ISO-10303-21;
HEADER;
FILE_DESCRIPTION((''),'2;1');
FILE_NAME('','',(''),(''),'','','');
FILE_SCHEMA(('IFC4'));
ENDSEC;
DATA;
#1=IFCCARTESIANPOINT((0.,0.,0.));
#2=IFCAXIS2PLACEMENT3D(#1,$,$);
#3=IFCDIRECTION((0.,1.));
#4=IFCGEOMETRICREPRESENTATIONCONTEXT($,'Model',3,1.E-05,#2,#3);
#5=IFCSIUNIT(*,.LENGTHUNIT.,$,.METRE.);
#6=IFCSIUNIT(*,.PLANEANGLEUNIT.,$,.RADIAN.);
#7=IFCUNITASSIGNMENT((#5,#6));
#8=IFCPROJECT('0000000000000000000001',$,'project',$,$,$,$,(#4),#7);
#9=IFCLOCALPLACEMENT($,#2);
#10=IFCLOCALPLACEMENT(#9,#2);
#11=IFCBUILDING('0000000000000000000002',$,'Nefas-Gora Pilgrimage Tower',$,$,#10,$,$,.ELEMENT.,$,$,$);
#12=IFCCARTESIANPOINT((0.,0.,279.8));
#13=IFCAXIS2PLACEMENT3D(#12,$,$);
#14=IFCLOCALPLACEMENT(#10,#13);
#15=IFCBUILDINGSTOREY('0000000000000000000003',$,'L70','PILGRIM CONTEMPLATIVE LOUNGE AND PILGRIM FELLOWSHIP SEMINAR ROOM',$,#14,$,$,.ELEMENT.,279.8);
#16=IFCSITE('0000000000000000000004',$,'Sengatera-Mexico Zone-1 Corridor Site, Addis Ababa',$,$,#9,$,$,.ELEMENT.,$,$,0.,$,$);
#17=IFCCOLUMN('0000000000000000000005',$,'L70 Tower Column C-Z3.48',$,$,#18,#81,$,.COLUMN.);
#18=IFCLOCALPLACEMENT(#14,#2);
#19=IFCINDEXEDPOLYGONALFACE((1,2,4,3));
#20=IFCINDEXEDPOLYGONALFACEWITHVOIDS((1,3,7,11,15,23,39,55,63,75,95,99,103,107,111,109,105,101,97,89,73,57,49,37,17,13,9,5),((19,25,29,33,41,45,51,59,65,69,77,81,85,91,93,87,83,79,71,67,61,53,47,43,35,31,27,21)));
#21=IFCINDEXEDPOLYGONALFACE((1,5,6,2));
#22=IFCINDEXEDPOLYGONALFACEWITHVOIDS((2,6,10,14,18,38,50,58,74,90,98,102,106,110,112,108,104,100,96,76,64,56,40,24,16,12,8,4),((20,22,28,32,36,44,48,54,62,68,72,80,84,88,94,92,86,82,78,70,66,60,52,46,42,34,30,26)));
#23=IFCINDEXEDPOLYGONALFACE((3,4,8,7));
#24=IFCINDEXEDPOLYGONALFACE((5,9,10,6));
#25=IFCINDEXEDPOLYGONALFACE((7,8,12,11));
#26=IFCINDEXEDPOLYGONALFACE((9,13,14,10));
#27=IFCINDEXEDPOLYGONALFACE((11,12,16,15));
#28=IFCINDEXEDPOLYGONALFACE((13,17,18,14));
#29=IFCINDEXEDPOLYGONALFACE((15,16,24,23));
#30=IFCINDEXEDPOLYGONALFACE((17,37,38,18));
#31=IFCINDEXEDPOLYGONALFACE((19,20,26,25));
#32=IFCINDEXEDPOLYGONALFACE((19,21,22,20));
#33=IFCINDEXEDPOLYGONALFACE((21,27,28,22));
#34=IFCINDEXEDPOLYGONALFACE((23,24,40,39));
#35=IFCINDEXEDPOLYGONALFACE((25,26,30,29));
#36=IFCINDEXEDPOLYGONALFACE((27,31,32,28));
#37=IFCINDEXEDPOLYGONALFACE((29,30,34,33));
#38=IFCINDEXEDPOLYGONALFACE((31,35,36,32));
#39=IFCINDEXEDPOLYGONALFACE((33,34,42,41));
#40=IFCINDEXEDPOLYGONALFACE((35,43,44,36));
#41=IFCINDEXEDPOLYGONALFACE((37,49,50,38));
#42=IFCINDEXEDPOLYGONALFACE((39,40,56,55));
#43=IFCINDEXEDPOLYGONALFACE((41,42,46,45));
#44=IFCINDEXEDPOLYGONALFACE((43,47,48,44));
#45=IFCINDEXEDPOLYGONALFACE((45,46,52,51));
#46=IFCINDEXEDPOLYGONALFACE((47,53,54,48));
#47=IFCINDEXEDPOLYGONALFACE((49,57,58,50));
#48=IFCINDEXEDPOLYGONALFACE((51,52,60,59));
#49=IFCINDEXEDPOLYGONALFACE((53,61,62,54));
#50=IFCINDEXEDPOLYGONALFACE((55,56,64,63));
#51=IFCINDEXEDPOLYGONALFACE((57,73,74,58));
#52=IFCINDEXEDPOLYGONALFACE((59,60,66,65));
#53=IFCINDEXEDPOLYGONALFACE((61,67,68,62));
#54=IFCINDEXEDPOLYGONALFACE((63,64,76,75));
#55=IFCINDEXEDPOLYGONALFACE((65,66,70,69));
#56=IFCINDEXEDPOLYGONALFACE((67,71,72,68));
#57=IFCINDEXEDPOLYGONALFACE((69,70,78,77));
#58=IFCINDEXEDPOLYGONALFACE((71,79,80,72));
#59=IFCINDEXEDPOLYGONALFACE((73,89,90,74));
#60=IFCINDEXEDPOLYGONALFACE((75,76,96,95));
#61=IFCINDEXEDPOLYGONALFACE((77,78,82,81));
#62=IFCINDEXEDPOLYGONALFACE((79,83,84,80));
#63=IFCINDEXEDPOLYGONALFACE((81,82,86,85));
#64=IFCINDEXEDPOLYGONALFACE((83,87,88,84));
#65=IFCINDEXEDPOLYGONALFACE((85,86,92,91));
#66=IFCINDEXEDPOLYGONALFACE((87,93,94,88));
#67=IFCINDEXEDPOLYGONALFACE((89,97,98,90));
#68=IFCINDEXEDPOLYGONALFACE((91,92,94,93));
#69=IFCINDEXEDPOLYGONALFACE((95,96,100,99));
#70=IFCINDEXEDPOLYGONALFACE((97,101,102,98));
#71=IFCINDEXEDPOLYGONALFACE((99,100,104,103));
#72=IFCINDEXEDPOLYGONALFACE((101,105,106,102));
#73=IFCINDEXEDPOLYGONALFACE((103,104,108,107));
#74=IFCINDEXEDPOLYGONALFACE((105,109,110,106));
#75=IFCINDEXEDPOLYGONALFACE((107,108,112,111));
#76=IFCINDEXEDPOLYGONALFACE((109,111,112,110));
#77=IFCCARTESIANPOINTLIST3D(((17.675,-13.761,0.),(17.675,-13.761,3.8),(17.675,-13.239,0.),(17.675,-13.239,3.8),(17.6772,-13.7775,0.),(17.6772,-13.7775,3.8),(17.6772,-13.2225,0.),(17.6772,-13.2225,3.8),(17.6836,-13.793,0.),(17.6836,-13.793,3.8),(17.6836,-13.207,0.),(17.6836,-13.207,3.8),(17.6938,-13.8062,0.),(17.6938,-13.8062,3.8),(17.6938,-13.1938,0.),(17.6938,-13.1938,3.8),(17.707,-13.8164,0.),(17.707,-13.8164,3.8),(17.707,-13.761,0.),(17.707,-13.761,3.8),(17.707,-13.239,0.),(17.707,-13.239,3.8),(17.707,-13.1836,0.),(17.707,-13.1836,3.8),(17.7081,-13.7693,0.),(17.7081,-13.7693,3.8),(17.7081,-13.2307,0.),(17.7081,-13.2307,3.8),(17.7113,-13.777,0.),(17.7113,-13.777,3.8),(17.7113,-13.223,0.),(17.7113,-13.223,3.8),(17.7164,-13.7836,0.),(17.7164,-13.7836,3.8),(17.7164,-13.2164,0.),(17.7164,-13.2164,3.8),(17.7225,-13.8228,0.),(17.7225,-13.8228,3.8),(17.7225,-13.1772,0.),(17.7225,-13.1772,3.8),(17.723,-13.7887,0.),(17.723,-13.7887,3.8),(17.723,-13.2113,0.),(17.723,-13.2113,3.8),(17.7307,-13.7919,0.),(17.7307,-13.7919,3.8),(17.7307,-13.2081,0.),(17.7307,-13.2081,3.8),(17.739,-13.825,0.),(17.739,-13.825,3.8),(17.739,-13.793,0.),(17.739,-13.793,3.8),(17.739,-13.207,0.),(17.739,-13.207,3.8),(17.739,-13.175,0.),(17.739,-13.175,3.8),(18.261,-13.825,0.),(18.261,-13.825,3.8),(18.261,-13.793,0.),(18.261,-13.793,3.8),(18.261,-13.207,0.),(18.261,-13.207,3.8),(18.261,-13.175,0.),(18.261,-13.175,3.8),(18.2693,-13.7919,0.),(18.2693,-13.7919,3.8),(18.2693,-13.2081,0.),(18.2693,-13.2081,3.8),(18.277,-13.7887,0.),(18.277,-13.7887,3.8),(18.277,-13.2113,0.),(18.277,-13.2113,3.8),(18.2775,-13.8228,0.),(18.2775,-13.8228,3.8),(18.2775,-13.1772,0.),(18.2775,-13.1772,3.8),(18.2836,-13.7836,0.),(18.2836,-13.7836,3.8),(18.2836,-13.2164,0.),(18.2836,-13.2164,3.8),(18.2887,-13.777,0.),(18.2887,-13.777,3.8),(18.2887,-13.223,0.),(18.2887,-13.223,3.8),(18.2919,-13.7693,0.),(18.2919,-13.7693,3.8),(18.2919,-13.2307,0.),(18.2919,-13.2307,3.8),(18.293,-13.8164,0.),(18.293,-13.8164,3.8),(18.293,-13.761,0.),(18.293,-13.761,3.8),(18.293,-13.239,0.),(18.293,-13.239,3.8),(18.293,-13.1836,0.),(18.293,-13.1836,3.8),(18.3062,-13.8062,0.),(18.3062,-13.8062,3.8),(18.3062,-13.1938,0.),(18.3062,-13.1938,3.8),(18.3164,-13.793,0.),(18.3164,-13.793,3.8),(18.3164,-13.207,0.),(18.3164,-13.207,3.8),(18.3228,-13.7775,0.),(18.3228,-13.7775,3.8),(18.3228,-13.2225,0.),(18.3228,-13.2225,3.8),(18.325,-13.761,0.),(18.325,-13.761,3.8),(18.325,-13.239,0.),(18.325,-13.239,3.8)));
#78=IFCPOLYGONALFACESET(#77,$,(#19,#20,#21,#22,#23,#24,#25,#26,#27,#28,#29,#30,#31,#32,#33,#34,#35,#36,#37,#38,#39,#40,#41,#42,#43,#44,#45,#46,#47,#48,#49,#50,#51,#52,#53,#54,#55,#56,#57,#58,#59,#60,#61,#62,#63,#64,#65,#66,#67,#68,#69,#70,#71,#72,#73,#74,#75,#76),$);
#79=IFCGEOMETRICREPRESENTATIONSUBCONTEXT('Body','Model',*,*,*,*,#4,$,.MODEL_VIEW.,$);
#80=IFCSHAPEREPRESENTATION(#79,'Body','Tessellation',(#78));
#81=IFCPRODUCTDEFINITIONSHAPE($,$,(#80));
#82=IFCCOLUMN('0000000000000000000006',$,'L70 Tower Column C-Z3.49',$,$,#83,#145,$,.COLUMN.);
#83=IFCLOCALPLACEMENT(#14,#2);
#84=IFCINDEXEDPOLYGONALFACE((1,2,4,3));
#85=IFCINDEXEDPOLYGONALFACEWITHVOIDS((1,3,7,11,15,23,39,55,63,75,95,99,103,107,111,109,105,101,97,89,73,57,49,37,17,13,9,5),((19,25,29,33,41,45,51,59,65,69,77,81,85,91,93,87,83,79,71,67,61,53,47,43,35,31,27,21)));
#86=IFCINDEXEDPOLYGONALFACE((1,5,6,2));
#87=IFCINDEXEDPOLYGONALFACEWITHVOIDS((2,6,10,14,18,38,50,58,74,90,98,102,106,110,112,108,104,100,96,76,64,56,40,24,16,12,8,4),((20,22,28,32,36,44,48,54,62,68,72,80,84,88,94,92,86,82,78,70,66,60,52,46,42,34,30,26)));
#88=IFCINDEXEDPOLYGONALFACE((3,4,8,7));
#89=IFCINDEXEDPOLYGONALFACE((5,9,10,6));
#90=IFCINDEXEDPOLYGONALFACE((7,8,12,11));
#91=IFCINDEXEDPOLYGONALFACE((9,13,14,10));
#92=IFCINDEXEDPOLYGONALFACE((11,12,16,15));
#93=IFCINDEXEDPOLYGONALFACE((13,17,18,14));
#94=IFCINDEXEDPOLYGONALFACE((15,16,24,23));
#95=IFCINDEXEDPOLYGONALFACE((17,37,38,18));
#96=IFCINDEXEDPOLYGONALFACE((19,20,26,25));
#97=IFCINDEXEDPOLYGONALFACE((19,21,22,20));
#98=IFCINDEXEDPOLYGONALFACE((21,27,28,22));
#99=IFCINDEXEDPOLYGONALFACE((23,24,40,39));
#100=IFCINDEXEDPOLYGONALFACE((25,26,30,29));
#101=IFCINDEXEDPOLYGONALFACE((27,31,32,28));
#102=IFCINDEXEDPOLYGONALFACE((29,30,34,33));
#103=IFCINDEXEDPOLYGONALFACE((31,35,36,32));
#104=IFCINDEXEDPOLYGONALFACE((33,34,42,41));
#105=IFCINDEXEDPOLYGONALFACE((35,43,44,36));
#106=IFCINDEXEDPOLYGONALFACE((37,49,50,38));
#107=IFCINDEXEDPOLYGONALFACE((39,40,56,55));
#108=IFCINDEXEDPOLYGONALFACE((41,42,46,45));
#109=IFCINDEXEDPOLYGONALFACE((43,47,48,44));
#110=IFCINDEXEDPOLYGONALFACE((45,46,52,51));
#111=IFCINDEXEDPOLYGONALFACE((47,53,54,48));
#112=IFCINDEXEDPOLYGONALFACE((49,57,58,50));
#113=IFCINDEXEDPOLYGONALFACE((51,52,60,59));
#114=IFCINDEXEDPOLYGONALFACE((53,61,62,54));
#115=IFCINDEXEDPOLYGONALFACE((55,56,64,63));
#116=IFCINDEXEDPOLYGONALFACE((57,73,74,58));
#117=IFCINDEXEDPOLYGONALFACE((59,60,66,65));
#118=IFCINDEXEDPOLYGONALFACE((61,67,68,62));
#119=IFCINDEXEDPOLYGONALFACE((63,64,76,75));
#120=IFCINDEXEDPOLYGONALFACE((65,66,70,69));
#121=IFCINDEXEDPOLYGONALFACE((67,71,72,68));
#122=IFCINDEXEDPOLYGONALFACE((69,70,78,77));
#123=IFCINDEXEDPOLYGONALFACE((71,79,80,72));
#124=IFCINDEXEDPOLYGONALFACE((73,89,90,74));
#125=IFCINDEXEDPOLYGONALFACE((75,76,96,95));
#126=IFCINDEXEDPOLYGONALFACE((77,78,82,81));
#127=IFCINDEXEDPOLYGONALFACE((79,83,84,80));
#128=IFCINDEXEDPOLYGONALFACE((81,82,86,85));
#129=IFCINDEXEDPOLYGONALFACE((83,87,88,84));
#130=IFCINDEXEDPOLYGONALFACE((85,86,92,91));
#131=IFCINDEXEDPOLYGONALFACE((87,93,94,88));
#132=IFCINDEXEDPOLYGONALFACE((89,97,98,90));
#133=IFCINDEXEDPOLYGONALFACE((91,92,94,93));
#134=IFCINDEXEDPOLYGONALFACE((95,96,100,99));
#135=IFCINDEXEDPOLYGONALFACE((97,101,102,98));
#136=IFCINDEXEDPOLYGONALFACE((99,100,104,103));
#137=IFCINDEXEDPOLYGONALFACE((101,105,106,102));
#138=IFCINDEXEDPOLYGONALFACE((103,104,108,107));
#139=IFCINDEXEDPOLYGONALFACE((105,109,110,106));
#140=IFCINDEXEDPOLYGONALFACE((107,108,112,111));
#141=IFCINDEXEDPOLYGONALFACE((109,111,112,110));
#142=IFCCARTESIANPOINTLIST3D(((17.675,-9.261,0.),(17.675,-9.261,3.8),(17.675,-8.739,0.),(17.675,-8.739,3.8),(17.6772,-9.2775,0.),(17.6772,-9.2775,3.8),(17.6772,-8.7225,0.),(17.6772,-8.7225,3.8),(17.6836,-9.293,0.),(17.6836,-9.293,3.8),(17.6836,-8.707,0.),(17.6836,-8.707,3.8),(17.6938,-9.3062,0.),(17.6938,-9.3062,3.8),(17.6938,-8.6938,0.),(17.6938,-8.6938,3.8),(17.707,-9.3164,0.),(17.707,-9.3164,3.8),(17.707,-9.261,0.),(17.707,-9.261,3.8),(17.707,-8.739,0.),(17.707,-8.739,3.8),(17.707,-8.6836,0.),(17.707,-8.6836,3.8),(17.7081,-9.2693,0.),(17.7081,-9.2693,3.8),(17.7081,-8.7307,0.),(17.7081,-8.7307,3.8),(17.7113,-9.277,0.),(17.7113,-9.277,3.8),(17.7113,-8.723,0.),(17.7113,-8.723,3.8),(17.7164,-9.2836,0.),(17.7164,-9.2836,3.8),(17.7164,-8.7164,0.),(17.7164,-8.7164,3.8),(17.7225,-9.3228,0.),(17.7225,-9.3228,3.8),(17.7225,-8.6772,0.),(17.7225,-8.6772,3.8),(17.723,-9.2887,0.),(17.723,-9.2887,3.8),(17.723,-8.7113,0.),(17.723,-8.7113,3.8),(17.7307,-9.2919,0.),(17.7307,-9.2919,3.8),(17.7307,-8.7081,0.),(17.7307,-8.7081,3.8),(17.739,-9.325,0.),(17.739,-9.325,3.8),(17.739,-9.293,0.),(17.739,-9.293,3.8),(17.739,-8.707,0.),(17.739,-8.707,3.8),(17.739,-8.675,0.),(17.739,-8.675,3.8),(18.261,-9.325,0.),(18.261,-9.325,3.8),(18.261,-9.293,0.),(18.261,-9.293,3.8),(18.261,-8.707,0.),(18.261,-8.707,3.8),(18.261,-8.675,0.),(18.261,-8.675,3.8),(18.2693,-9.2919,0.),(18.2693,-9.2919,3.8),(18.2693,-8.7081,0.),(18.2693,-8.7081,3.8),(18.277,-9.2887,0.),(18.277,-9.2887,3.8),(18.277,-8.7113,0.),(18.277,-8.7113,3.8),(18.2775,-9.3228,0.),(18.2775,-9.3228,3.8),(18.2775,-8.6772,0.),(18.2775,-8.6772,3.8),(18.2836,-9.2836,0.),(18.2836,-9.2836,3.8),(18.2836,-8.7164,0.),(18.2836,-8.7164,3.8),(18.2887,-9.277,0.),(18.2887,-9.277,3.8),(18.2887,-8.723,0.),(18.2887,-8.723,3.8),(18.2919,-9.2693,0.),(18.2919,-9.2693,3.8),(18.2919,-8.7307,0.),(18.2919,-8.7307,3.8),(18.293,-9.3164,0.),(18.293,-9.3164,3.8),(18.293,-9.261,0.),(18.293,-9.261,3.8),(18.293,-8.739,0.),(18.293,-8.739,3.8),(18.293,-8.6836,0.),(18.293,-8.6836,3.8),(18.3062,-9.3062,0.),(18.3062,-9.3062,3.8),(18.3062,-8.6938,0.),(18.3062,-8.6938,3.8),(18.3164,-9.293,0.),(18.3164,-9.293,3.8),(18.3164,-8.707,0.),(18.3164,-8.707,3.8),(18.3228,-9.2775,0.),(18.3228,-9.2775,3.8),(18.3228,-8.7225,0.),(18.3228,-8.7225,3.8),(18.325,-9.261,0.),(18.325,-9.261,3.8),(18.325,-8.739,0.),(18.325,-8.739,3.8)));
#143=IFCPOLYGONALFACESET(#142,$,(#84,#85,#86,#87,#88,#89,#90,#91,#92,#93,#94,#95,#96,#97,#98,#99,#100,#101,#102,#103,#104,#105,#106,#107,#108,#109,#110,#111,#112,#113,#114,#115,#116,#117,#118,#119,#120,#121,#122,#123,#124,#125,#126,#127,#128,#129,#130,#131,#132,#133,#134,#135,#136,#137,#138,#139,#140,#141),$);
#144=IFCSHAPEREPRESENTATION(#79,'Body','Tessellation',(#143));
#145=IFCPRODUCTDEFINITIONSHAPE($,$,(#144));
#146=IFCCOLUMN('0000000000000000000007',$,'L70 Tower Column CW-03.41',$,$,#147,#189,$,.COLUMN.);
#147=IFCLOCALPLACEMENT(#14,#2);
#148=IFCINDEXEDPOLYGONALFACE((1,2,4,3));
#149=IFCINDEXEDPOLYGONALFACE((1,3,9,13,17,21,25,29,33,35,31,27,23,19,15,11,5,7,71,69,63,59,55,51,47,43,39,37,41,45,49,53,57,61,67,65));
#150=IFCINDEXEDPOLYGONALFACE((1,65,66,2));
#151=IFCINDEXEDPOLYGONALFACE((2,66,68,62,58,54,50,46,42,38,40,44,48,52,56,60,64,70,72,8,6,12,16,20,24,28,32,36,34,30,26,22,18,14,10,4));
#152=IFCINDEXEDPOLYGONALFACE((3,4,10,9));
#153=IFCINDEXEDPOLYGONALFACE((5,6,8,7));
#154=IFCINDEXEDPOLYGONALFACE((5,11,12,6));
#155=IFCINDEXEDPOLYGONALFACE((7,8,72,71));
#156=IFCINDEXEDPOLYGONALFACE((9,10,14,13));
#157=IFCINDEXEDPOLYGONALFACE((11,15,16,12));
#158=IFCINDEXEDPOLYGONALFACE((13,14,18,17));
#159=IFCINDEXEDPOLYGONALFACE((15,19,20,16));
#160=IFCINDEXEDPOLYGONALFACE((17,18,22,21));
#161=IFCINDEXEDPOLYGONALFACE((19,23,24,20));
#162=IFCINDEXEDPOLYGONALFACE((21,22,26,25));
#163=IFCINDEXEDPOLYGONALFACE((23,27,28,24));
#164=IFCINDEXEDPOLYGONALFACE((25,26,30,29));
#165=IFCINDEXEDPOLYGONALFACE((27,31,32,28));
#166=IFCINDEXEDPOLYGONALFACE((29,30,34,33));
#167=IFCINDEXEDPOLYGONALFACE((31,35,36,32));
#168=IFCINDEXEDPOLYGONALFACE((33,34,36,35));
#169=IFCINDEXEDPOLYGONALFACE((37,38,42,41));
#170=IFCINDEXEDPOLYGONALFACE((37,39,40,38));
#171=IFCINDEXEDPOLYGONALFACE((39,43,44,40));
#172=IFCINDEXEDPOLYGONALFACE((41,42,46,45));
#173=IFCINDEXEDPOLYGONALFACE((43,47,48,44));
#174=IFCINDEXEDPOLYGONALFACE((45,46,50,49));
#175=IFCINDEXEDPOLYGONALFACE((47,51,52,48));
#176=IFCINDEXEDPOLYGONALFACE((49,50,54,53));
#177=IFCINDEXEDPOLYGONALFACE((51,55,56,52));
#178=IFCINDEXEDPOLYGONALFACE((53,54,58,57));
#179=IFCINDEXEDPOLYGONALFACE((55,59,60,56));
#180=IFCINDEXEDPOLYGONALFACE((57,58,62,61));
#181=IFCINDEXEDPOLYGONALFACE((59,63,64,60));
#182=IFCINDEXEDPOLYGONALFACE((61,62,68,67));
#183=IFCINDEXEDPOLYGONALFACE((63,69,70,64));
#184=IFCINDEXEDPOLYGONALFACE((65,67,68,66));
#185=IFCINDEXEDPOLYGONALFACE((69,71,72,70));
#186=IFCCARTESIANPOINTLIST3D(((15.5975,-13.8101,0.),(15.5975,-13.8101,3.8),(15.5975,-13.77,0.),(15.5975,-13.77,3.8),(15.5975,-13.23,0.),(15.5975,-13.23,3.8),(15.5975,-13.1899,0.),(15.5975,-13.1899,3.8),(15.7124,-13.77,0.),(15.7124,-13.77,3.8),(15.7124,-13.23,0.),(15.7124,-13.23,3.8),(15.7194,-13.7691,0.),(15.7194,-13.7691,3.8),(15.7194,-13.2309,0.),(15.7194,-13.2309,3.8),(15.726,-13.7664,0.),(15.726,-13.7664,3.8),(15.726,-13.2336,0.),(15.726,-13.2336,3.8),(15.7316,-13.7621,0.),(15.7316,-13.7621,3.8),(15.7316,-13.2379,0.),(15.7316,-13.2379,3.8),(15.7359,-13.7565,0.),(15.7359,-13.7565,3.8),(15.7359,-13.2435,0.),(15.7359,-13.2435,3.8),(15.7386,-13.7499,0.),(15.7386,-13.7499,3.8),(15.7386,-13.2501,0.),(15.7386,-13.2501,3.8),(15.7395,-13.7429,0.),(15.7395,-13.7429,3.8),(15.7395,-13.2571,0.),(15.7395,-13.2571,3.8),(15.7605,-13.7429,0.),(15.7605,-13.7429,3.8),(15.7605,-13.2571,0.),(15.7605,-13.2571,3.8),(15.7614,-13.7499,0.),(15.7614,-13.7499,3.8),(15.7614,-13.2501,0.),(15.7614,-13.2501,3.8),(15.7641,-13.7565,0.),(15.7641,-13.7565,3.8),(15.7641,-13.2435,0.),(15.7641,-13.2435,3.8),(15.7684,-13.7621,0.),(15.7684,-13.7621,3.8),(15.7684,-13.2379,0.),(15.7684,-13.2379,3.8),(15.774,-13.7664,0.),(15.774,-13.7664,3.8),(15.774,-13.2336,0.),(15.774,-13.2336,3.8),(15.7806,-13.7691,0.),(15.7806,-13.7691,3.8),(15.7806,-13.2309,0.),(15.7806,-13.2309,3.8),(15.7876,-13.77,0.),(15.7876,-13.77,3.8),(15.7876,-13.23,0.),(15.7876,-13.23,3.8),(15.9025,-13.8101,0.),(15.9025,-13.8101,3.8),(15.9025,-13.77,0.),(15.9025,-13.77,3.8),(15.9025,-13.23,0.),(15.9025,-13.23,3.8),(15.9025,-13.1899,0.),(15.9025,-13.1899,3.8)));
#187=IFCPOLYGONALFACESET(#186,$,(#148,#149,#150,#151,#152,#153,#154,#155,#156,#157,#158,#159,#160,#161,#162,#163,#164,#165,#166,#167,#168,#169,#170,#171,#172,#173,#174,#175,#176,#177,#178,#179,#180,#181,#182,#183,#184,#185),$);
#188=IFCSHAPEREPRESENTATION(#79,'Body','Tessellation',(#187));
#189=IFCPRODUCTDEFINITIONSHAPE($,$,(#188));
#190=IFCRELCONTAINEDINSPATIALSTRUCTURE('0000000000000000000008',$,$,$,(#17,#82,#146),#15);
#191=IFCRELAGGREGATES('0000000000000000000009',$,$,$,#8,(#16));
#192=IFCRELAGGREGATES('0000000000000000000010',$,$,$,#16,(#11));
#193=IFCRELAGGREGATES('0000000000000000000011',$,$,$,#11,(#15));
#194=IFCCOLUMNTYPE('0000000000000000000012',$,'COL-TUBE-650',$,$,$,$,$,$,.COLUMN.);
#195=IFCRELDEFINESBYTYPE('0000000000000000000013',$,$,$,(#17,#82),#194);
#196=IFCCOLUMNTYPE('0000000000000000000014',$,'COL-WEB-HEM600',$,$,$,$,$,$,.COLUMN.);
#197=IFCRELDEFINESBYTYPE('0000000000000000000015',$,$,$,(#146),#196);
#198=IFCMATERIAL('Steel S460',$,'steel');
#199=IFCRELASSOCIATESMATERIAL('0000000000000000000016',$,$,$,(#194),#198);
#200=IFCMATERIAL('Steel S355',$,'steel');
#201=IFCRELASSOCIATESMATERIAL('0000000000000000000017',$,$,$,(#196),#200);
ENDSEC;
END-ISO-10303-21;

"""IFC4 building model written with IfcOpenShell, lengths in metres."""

from ifc_helpers import new_model, si_unit, direction, frame, origin, origin_2d, place, context, subcontext, project, spatial, hollow_rectangle, i_section, extrude, source, transform, mapped, material, material_profile, profile_set, type_object, element, save


model = new_model("IFC4")

# Units and contexts
model_context = context("Model", 3, precision=1e-05, world=origin(), true_north=direction((0.0, 1.0)))
body_context = subcontext(model_context, "Body", "Model", "MODEL_VIEW")
ifc_project = project(units=[si_unit("LENGTHUNIT", "METRE"), si_unit("PLANEANGLEUNIT", "RADIAN")], contexts=[model_context])

# Site, building, storey
site_placement = place(None, origin())
site = spatial("IfcSite", under=ifc_project, at=site_placement, Name="Sengatera-Mexico Zone-1 Corridor Site, Addis Ababa", CompositionType="ELEMENT", RefElevation=0.0)
building_placement = place(site_placement, origin())
building = spatial("IfcBuilding", under=site, at=building_placement, Name="Nefas-Gora Pilgrimage Tower", CompositionType="ELEMENT")
storey_placement = place(building_placement, frame((0.0, 0.0, 279.8)))
storey = spatial("IfcBuildingStorey", under=building, at=storey_placement, Name="L70", Description="PILGRIM CONTEMPLATIVE LOUNGE AND PILGRIM FELLOWSHIP SEMINAR ROOM", CompositionType="ELEMENT", Elevation=279.8)

# Columns
ifc_material_1 = material(Name="Steel S460", Category="steel")
ifc_material_profile_1 = material_profile(ifc_material_1, hollow_rectangle(XDim=0.6499, YDim=0.6499, WallThickness=0.032, InnerFilletRadius=0.032, OuterFilletRadius=0.064, at=origin_2d()), Name="BOX 650x650x32")
ifc_profile_set_1 = profile_set([ifc_material_profile_1], Name="Steel S460")
column_type_1 = type_object("IfcColumnType", Name="COL-TUBE-650", PredefinedType="COLUMN", material=ifc_profile_set_1)
shared_shape_1 = source(origin(), body_context, "Body", "SweptSolid", [
    extrude(hollow_rectangle(XDim=0.6499, YDim=0.6499, WallThickness=0.032, InnerFilletRadius=0.032, OuterFilletRadius=0.064, at=origin_2d()), origin(), (0.0, 0.0, 1.0), 3.8),
])
for number, where, z_axis, x_axis, name in (
    (1, (18.0, -13.5, 0.0), (0.0, 0.0, 1.0), (1.0, 0.0, 0.0), "L70 Tower Column C-Z3.48"),
    (2, (18.0, -9.0, 0.0), (0.0, 0.0, 1.0), (1.0, 0.0, 0.0), "L70 Tower Column C-Z3.49"),
):
    element("IfcColumn", number, at=place(storey_placement, frame(where, z_axis=z_axis, x_axis=x_axis)), inside=storey, type_object=column_type_1, Name=name, PredefinedType="COLUMN", context=body_context, shape_type="MappedRepresentation", body=[
        mapped(shared_shape_1, transform((0.0, 0.0, 0.0), x_axis=(1.0, 0.0, 0.0), y_axis=(0.0, 1.0, 0.0), z_axis=(0.0, 0.0, 1.0), scale=1.0)),
    ])
ifc_material_2 = material(Name="Steel S355", Category="steel")
ifc_material_profile_2 = material_profile(ifc_material_2, i_section(OverallWidth=0.3049, OverallDepth=0.6201, WebThickness=0.021, FlangeThickness=0.04, FilletRadius=0.0271, at=origin_2d()), Name="HEM 600")
ifc_profile_set_2 = profile_set([ifc_material_profile_2], Name="Steel S355")
column_type_2 = type_object("IfcColumnType", Name="COL-WEB-HEM600", PredefinedType="COLUMN", material=ifc_profile_set_2)
shared_shape_2 = source(origin(), body_context, "Body", "SweptSolid", [
    extrude(i_section(OverallWidth=0.3049, OverallDepth=0.6201, WebThickness=0.021, FlangeThickness=0.04, FilletRadius=0.0271, at=origin_2d()), origin(), (0.0, 0.0, 1.0), 3.8),
])
for number, where, z_axis, x_axis, name in (
    (3, (15.75, -13.5, 0.0), (0.0, 0.0, 1.0), (1.0, 0.0, 0.0), "L70 Tower Column CW-03.41"),
):
    element("IfcColumn", number, at=place(storey_placement, frame(where, z_axis=z_axis, x_axis=x_axis)), inside=storey, type_object=column_type_2, Name=name, PredefinedType="COLUMN", context=body_context, shape_type="MappedRepresentation", body=[
        mapped(shared_shape_2, transform((0.0, 0.0, 0.0), x_axis=(1.0, 0.0, 0.0), y_axis=(0.0, 1.0, 0.0), z_axis=(0.0, 0.0, 1.0), scale=1.0)),
    ])

save(model, "model.ifc")
